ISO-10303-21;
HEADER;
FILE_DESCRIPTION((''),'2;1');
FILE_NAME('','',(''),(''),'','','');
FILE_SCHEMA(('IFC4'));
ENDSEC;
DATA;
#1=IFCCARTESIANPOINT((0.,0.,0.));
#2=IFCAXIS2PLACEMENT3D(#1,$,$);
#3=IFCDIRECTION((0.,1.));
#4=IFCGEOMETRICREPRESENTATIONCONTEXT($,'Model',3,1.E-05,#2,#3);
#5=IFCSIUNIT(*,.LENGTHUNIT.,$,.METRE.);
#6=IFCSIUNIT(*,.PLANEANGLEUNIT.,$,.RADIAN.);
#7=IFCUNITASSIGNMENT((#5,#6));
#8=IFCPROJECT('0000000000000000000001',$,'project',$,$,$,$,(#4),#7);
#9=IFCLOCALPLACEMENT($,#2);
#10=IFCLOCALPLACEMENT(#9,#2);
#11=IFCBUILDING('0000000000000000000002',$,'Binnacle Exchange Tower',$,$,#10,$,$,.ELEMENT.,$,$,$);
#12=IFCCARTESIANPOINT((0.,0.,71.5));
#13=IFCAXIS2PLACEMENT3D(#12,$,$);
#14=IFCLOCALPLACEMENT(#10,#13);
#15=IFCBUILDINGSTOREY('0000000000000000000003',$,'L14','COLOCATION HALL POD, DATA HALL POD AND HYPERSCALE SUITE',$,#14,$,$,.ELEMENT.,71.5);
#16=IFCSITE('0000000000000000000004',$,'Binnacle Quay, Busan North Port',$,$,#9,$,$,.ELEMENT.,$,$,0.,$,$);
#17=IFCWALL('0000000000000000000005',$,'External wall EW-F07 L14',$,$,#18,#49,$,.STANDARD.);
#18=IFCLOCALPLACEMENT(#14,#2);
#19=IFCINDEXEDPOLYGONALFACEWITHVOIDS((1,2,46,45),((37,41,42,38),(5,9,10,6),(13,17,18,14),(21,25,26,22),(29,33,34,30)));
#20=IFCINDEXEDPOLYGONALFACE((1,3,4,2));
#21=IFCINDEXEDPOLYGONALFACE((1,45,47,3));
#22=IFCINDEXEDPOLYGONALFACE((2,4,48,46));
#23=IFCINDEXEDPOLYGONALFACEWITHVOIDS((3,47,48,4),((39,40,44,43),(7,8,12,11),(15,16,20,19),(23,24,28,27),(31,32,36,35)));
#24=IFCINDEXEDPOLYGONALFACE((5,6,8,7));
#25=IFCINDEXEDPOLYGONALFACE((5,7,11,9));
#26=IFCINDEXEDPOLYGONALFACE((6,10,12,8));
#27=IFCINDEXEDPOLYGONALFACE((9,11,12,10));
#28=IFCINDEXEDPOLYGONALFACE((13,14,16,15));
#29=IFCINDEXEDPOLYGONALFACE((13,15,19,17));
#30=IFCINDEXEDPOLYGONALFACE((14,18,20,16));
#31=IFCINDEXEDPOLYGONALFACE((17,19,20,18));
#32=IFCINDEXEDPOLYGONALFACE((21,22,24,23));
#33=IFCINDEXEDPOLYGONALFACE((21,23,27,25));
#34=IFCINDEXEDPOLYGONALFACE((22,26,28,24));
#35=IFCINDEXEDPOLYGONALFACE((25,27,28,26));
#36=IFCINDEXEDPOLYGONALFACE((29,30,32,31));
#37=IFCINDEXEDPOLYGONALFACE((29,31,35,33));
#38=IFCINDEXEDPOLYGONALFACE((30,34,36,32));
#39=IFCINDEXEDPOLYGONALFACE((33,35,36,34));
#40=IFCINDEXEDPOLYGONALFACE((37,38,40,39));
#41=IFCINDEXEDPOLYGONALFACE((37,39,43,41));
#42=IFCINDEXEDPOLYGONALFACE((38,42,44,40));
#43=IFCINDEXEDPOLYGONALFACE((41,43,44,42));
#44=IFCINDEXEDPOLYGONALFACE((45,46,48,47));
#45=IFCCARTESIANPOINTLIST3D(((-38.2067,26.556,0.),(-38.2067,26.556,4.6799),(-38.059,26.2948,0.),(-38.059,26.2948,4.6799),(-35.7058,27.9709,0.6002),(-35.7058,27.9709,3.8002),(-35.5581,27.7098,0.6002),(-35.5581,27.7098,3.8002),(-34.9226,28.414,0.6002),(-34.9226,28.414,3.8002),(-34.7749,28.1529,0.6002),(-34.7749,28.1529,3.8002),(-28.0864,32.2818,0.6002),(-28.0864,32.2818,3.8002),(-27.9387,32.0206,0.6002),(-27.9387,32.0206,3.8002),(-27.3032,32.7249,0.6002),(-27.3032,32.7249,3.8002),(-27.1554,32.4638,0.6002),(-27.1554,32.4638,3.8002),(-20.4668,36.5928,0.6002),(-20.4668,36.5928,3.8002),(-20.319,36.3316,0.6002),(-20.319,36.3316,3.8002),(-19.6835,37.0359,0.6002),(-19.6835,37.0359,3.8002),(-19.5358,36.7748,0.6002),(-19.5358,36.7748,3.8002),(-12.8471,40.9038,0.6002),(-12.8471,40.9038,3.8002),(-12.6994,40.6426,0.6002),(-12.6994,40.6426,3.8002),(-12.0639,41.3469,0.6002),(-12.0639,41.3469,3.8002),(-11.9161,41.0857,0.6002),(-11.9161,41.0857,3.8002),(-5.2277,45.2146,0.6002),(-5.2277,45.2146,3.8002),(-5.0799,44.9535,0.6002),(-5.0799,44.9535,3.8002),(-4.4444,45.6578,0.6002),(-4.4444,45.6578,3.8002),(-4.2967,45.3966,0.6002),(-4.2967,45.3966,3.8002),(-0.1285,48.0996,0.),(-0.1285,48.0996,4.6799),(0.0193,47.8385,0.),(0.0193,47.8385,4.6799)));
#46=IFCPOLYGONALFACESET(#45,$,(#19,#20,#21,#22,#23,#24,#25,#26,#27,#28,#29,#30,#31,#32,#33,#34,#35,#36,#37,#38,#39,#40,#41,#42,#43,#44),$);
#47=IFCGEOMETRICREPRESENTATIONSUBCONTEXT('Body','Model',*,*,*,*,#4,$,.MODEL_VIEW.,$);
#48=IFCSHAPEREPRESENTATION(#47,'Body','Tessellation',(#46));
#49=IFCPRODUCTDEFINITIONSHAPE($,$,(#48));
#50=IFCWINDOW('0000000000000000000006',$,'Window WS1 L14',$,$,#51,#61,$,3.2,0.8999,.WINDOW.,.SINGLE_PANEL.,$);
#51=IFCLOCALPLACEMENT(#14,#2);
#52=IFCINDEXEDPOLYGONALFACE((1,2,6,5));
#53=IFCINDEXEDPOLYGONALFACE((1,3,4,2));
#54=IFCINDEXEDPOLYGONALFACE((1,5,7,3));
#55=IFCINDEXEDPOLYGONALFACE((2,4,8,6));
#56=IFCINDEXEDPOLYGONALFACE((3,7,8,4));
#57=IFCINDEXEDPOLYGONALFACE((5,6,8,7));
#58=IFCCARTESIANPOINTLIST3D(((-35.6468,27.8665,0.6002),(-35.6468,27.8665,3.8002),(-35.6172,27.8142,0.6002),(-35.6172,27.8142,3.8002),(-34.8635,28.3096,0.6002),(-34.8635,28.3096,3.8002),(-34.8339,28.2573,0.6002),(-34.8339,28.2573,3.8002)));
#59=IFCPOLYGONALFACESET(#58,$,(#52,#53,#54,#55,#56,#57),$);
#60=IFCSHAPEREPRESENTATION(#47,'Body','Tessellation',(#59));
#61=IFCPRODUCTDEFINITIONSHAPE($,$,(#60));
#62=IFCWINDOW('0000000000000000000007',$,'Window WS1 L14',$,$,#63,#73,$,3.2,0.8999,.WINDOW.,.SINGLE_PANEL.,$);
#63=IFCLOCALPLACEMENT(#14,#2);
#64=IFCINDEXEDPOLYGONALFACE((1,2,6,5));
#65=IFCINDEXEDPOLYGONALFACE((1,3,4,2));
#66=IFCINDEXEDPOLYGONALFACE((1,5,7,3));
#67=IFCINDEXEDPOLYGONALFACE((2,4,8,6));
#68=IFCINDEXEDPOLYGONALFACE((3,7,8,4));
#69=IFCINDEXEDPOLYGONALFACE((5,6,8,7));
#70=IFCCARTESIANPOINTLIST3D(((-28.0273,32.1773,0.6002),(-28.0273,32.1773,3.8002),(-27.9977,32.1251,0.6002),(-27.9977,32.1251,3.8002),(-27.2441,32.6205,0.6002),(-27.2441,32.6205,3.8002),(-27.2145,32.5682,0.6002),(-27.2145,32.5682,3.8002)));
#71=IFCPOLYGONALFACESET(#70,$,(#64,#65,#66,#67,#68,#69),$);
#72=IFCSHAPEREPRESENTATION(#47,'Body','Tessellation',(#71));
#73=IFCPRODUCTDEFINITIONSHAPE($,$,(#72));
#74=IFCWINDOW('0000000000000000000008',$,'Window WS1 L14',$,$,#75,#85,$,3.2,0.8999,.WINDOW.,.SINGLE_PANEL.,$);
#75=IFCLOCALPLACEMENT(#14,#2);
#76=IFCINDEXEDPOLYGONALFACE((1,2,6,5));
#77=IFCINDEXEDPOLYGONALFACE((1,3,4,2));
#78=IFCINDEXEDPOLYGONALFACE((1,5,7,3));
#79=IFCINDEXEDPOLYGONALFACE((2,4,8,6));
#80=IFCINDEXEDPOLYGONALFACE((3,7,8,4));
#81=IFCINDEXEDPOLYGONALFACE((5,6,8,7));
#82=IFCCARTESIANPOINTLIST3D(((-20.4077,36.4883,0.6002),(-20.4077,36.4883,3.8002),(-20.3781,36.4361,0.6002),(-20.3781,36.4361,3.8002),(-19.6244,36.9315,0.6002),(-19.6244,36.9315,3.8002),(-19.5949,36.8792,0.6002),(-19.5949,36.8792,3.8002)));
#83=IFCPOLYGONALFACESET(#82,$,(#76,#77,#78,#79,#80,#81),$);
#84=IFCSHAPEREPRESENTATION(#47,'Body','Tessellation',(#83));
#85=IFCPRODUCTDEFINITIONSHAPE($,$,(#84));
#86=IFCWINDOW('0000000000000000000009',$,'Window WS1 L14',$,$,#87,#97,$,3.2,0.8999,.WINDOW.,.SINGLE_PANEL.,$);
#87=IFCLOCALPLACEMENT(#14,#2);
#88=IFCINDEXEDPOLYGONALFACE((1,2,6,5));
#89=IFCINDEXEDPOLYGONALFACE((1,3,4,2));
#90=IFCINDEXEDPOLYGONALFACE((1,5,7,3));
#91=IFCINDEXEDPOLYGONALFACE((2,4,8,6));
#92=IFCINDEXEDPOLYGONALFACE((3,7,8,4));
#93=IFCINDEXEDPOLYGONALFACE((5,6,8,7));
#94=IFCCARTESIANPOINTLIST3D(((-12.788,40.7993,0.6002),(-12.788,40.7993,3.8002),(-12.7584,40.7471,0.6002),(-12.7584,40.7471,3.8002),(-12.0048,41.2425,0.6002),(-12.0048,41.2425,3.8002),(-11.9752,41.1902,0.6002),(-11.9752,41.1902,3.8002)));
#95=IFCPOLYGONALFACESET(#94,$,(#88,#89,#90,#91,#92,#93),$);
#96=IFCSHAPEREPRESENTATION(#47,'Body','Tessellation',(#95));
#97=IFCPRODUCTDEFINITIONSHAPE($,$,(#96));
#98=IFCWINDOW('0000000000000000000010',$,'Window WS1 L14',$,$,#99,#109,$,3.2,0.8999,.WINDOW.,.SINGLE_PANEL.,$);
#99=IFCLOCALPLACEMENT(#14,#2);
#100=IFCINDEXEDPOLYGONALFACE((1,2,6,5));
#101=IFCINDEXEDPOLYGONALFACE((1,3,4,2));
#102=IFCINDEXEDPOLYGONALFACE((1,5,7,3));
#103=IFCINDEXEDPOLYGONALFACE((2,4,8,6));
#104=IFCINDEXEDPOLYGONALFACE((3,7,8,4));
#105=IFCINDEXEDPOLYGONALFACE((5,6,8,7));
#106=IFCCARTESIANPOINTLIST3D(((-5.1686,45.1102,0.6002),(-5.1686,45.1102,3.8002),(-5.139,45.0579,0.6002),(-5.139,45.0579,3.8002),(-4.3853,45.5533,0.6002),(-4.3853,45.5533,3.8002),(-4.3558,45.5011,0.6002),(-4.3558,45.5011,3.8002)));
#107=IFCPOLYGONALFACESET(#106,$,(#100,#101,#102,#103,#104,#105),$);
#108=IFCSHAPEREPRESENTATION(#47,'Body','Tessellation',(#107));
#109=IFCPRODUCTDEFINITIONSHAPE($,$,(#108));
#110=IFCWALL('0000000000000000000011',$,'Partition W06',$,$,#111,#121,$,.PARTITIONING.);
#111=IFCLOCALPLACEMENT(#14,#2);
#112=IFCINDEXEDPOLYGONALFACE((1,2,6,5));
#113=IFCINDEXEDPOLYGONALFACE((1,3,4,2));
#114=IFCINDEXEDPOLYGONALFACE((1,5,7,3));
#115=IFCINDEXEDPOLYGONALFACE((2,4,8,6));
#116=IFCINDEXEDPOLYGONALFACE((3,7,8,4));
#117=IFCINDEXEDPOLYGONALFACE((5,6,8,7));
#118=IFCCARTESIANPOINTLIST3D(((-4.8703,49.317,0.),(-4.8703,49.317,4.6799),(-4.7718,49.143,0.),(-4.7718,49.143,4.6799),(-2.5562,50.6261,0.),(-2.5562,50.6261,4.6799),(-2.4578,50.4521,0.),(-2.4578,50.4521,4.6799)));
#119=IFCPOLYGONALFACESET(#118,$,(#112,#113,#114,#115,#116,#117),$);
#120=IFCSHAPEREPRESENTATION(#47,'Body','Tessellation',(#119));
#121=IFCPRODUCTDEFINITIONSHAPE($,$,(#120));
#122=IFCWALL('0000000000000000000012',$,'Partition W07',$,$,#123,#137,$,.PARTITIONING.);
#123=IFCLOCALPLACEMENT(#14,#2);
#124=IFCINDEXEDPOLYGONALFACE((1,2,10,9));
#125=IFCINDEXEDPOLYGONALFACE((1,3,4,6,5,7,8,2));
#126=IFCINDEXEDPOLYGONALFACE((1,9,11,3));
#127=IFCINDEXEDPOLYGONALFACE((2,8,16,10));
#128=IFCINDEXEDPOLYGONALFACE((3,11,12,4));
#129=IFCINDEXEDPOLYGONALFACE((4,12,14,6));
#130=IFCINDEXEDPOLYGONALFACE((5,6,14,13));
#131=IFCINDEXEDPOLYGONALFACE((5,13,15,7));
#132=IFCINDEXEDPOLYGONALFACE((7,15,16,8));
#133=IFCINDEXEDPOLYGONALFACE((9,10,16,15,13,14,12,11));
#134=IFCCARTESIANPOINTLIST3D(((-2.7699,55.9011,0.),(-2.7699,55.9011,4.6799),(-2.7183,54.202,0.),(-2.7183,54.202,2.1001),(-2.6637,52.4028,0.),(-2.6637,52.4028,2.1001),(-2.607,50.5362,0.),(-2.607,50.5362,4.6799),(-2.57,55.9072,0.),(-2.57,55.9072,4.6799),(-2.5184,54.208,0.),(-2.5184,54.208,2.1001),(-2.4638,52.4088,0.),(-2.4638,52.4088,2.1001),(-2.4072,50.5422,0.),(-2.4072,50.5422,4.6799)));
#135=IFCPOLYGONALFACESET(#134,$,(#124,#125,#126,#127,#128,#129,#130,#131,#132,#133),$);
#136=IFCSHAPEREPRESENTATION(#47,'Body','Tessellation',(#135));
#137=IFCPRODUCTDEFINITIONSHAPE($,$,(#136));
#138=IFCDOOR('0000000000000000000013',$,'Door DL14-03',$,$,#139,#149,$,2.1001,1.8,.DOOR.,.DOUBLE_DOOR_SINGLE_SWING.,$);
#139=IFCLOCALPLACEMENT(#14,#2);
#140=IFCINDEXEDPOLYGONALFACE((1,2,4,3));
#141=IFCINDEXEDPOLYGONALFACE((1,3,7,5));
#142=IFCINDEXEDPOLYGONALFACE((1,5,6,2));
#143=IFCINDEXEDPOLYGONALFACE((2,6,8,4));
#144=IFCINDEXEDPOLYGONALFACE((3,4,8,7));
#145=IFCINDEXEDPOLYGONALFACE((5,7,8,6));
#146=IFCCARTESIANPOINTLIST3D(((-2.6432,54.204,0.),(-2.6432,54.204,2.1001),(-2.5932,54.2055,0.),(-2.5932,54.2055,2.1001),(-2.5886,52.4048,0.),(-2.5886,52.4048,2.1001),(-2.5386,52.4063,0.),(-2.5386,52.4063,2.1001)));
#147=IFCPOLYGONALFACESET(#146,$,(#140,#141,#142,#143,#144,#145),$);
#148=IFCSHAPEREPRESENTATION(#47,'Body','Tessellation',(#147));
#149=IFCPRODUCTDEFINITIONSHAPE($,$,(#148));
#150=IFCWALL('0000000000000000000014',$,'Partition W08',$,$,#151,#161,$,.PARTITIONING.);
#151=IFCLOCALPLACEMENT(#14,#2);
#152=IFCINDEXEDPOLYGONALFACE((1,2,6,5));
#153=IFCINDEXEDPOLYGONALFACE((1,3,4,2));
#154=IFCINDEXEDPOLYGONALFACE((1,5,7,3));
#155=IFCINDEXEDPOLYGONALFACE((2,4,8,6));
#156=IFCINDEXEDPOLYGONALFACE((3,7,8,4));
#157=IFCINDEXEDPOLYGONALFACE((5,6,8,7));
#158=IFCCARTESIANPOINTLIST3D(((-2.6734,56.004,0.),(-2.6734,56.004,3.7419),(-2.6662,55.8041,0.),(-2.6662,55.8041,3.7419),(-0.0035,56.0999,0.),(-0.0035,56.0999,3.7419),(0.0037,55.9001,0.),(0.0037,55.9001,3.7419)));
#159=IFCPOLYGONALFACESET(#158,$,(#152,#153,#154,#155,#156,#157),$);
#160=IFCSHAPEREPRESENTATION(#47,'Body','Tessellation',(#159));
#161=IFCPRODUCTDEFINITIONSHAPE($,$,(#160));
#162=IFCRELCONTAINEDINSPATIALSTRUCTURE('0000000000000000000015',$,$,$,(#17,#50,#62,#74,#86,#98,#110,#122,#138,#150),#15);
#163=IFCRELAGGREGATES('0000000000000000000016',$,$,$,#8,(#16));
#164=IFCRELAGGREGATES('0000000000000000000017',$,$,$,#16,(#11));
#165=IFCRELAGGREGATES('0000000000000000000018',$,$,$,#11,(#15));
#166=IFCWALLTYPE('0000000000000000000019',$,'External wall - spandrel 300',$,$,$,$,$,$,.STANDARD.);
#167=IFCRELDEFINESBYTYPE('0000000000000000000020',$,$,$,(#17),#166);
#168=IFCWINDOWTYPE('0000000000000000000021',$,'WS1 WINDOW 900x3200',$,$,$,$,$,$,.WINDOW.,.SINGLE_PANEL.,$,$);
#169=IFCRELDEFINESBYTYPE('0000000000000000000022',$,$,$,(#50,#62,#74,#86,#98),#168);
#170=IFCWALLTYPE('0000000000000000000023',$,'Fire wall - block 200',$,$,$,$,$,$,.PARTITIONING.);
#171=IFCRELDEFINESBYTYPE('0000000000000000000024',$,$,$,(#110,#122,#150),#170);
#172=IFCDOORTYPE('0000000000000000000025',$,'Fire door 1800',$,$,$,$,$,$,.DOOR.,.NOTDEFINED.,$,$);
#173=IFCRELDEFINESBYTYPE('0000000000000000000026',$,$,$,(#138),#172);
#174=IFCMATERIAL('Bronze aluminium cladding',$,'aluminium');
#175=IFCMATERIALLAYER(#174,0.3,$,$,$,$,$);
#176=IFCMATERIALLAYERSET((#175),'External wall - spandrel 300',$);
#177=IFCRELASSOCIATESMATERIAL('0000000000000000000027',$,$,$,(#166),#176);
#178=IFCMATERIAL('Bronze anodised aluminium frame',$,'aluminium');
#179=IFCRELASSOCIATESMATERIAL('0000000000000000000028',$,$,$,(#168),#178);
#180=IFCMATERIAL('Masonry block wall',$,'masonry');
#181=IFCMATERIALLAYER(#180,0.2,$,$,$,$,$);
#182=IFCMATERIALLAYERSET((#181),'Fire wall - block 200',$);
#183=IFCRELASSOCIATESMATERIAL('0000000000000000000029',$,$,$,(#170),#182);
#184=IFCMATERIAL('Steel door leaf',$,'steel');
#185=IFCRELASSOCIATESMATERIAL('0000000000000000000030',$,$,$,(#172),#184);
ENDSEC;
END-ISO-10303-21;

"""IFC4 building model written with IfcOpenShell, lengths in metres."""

from ifc_helpers import new_model, si_unit, direction, frame, frame_2d, origin, place, context, subcontext, project, spatial, rectangle, extrude, material, layer, layer_set, type_object, element, fill, save


model = new_model("IFC4")

# Units and contexts
model_context = context("Model", 3, precision=1e-05, world=origin(), true_north=direction((0.0, 1.0)))
body_context = subcontext(model_context, "Body", "Model", "MODEL_VIEW")
ifc_project = project(units=[si_unit("LENGTHUNIT", "METRE"), si_unit("PLANEANGLEUNIT", "RADIAN")], contexts=[model_context])

# Site, building, storey
site_placement = place(None, origin())
site = spatial("IfcSite", under=ifc_project, at=site_placement, Name="Binnacle Quay, Busan North Port", CompositionType="ELEMENT", RefElevation=0.0)
building_placement = place(site_placement, origin())
building = spatial("IfcBuilding", under=site, at=building_placement, Name="Binnacle Exchange Tower", CompositionType="ELEMENT")
storey_placement = place(building_placement, frame((0.0, 0.0, 71.5)))
storey = spatial("IfcBuildingStorey", under=building, at=storey_placement, Name="L14", Description="COLOCATION HALL POD, DATA HALL POD AND HYPERSCALE SUITE", CompositionType="ELEMENT", Elevation=71.5)

# Shared definitions
ifc_material_1 = material(Name="Steel door leaf", Category="steel")

# Wall, openings, windows
ifc_material_2 = material(Name="Bronze aluminium cladding", Category="aluminium")
ifc_layer_1 = layer(ifc_material_2, 0.3)
ifc_layer_set_1 = layer_set([ifc_layer_1], Name="External wall - spandrel 300")
wall_type_1 = type_object("IfcWallType", Name="External wall - spandrel 300", PredefinedType="STANDARD", material=ifc_layer_set_1)
wall_1_placement = place(storey_placement, frame((-0.0547, 47.969, 0.0), z_axis=(0.0, 0.0, 1.0), x_axis=(-0.870356, -0.492423, 0.0)))
wall_1 = element("IfcWall", 1, at=wall_1_placement, inside=storey, type_object=wall_type_1, Name="External wall EW-F07 L14", PredefinedType="STANDARD", context=body_context, shape_type="SweptSolid", body=[
    extrude(rectangle(XDim=43.7502, YDim=0.3, at=frame_2d((21.875, 0.0))), origin(), (0.0, 0.0, 1.0), 4.6799),
])
opening_1_placement = place(wall_1_placement, frame((39.9768, 0.0, 0.6001)))
opening_1 = element("IfcOpeningElement", 2, at=opening_1_placement, cuts=wall_1, PredefinedType="OPENING", context=body_context, shape_type="SweptSolid", body=[
    extrude(rectangle(XDim=0.8999, YDim=3.2, at=frame_2d((0.45, 1.6001))), frame((0.0, 0.1599, 0.0), z_axis=(0.0, -1.0, 0.0), x_axis=(1.0, 0.0, 0.0)), (0.0, 0.0, 1.0), 0.3201),
])
opening_2_placement = place(wall_1_placement, frame((31.2224, 0.0, 0.6001)))
opening_2 = element("IfcOpeningElement", 3, at=opening_2_placement, cuts=wall_1, PredefinedType="OPENING", context=body_context, shape_type="SweptSolid", body=[
    extrude(rectangle(XDim=0.8999, YDim=3.2, at=frame_2d((0.45, 1.6001))), frame((0.0, 0.1599, 0.0), z_axis=(0.0, -1.0, 0.0), x_axis=(1.0, 0.0, 0.0)), (0.0, 0.0, 1.0), 0.3201),
])
opening_3_placement = place(wall_1_placement, frame((22.4678, 0.0, 0.6001)))
opening_3 = element("IfcOpeningElement", 4, at=opening_3_placement, cuts=wall_1, PredefinedType="OPENING", context=body_context, shape_type="SweptSolid", body=[
    extrude(rectangle(XDim=0.8999, YDim=3.2, at=frame_2d((0.45, 1.6001))), frame((0.0, 0.1599, 0.0), z_axis=(0.0, -1.0, 0.0), x_axis=(1.0, 0.0, 0.0)), (0.0, 0.0, 1.0), 0.3201),
])
opening_4_placement = place(wall_1_placement, frame((13.7131, 0.0, 0.6001)))
opening_4 = element("IfcOpeningElement", 5, at=opening_4_placement, cuts=wall_1, PredefinedType="OPENING", context=body_context, shape_type="SweptSolid", body=[
    extrude(rectangle(XDim=0.8999, YDim=3.2, at=frame_2d((0.45, 1.6001))), frame((0.0, 0.1599, 0.0), z_axis=(0.0, -1.0, 0.0), x_axis=(1.0, 0.0, 0.0)), (0.0, 0.0, 1.0), 0.3201),
])
opening_5_placement = place(wall_1_placement, frame((4.9587, 0.0, 0.6001)))
opening_5 = element("IfcOpeningElement", 6, at=opening_5_placement, cuts=wall_1, PredefinedType="OPENING", context=body_context, shape_type="SweptSolid", body=[
    extrude(rectangle(XDim=0.8999, YDim=3.2, at=frame_2d((0.45, 1.6001))), frame((0.0, 0.1599, 0.0), z_axis=(0.0, -1.0, 0.0), x_axis=(1.0, 0.0, 0.0)), (0.0, 0.0, 1.0), 0.3201),
])
ifc_material_3 = material(Name="Bronze anodised aluminium frame", Category="aluminium")
window_type = type_object("IfcWindowType", Name="WS1 WINDOW 900x3200", PartitioningType="SINGLE_PANEL", PredefinedType="WINDOW", material=ifc_material_3)
window_1_placement = place(opening_1_placement, origin())
window_1 = element("IfcWindow", 7, at=window_1_placement, inside=storey, type_object=window_type, Name="Window WS1 L14", OverallHeight=3.2, OverallWidth=0.8999, PartitioningType="SINGLE_PANEL", PredefinedType="WINDOW", context=body_context, shape_type="SweptSolid", body=[
    extrude(rectangle(XDim=0.8999, YDim=3.2, at=frame_2d((0.45, 1.6001))), frame((0.0, 0.03, 0.0), z_axis=(0.0, -1.0, 0.0), x_axis=(1.0, 0.0, 0.0)), (0.0, 0.0, 1.0), 0.0601),
])
fill(opening_1, window_1)
window_2_placement = place(opening_2_placement, origin())
window_2 = element("IfcWindow", 8, at=window_2_placement, inside=storey, type_object=window_type, Name="Window WS1 L14", OverallHeight=3.2, OverallWidth=0.8999, PartitioningType="SINGLE_PANEL", PredefinedType="WINDOW", context=body_context, shape_type="SweptSolid", body=[
    extrude(rectangle(XDim=0.8999, YDim=3.2, at=frame_2d((0.45, 1.6001))), frame((0.0, 0.03, 0.0), z_axis=(0.0, -1.0, 0.0), x_axis=(1.0, 0.0, 0.0)), (0.0, 0.0, 1.0), 0.0601),
])
fill(opening_2, window_2)
window_3_placement = place(opening_3_placement, origin())
window_3 = element("IfcWindow", 9, at=window_3_placement, inside=storey, type_object=window_type, Name="Window WS1 L14", OverallHeight=3.2, OverallWidth=0.8999, PartitioningType="SINGLE_PANEL", PredefinedType="WINDOW", context=body_context, shape_type="SweptSolid", body=[
    extrude(rectangle(XDim=0.8999, YDim=3.2, at=frame_2d((0.45, 1.6001))), frame((0.0, 0.03, 0.0), z_axis=(0.0, -1.0, 0.0), x_axis=(1.0, 0.0, 0.0)), (0.0, 0.0, 1.0), 0.0601),
])
fill(opening_3, window_3)
window_4_placement = place(opening_4_placement, origin())
window_4 = element("IfcWindow", 10, at=window_4_placement, inside=storey, type_object=window_type, Name="Window WS1 L14", OverallHeight=3.2, OverallWidth=0.8999, PartitioningType="SINGLE_PANEL", PredefinedType="WINDOW", context=body_context, shape_type="SweptSolid", body=[
    extrude(rectangle(XDim=0.8999, YDim=3.2, at=frame_2d((0.45, 1.6001))), frame((0.0, 0.03, 0.0), z_axis=(0.0, -1.0, 0.0), x_axis=(1.0, 0.0, 0.0)), (0.0, 0.0, 1.0), 0.0601),
])
fill(opening_4, window_4)
window_5_placement = place(opening_5_placement, origin())
window_5 = element("IfcWindow", 11, at=window_5_placement, inside=storey, type_object=window_type, Name="Window WS1 L14", OverallHeight=3.2, OverallWidth=0.8999, PartitioningType="SINGLE_PANEL", PredefinedType="WINDOW", context=body_context, shape_type="SweptSolid", body=[
    extrude(rectangle(XDim=0.8999, YDim=3.2, at=frame_2d((0.45, 1.6001))), frame((0.0, 0.03, 0.0), z_axis=(0.0, -1.0, 0.0), x_axis=(1.0, 0.0, 0.0)), (0.0, 0.0, 1.0), 0.0601),
])
fill(opening_5, window_5)

# Wall
ifc_material_4 = material(Name="Masonry block wall", Category="masonry")
ifc_layer_2 = layer(ifc_material_4, 0.2)
ifc_layer_set_2 = layer_set([ifc_layer_2], Name="Fire wall - block 200")
wall_type_2 = type_object("IfcWallType", Name="Fire wall - block 200", PredefinedType="PARTITIONING", material=ifc_layer_set_2)
wall_2_placement = place(storey_placement, frame((-4.821, 49.23, 0.0), z_axis=(0.0, 0.0, 1.0), x_axis=(0.870371, 0.492396, 0.0)))
element("IfcWall", 12, at=wall_2_placement, inside=storey, type_object=wall_type_2, Name="Partition W06", PredefinedType="PARTITIONING", context=body_context, shape_type="SweptSolid", body=[
    extrude(rectangle(XDim=2.6587, YDim=0.2, at=frame_2d((1.3293, 0.0))), origin(), (0.0, 0.0, 1.0), 4.6799),
])

# Wall, opening, door
wall_3_placement = place(storey_placement, frame((-2.6699, 55.9041, 0.0), z_axis=(0.0, 0.0, 1.0), x_axis=(0.030339, -0.99954, 0.0)))
wall_3 = element("IfcWall", 13, at=wall_3_placement, inside=storey, type_object=wall_type_2, Name="Partition W07", PredefinedType="PARTITIONING", context=body_context, shape_type="SweptSolid", body=[
    extrude(rectangle(XDim=5.3674, YDim=0.2, at=frame_2d((2.6836, 0.0))), origin(), (0.0, 0.0, 1.0), 4.6799),
])
opening_6_placement = place(wall_3_placement, frame((1.7, 0.0, 0.0)))
opening_6 = element("IfcOpeningElement", 14, at=opening_6_placement, cuts=wall_3, PredefinedType="OPENING", context=body_context, shape_type="SweptSolid", body=[
    extrude(rectangle(XDim=1.8, YDim=2.1001, at=frame_2d((0.8999, 1.05))), frame((0.0, 0.1099, 0.0), z_axis=(0.0, -1.0, 0.0), x_axis=(1.0, 0.0, 0.0)), (0.0, 0.0, 1.0), 0.22),
])
door_type_1 = type_object("IfcDoorType", Name="Fire door 1800", OperationType="NOTDEFINED", PredefinedType="DOOR", material=ifc_material_1)
door_1_placement = place(opening_6_placement, frame((1.8, 0.0, 0.0), z_axis=(0.0, 0.0, 1.0), x_axis=(-1.0, 0.0, 0.0)))
door_1 = element("IfcDoor", 15, at=door_1_placement, inside=storey, type_object=door_type_1, Name="Door DL14-03", OperationType="DOUBLE_DOOR_SINGLE_SWING", OverallHeight=2.1001, OverallWidth=1.8, PredefinedType="DOOR", context=body_context, shape_type="SweptSolid", body=[
    extrude(rectangle(XDim=1.8, YDim=2.1001, at=frame_2d((0.8999, 1.05))), frame((0.0, 0.0249, 0.0), z_axis=(0.0, -1.0, 0.0), x_axis=(1.0, 0.0, 0.0)), (0.0, 0.0, 1.0), 0.05),
])
fill(opening_6, door_1)

# Wall
wall_4_placement = place(storey_placement, frame((-2.6699, 55.9041, 0.0), z_axis=(0.0, 0.0, 1.0), x_axis=(0.999355, 0.035913, 0.0)))
element("IfcWall", 16, at=wall_4_placement, inside=storey, type_object=wall_type_2, Name="Partition W08", PredefinedType="PARTITIONING", context=body_context, shape_type="SweptSolid", body=[
    extrude(rectangle(XDim=2.6716, YDim=0.2, at=frame_2d((1.3359, 0.0))), origin(), (0.0, 0.0, 1.0), 3.7419),
])

save(model, "model.ifc")
